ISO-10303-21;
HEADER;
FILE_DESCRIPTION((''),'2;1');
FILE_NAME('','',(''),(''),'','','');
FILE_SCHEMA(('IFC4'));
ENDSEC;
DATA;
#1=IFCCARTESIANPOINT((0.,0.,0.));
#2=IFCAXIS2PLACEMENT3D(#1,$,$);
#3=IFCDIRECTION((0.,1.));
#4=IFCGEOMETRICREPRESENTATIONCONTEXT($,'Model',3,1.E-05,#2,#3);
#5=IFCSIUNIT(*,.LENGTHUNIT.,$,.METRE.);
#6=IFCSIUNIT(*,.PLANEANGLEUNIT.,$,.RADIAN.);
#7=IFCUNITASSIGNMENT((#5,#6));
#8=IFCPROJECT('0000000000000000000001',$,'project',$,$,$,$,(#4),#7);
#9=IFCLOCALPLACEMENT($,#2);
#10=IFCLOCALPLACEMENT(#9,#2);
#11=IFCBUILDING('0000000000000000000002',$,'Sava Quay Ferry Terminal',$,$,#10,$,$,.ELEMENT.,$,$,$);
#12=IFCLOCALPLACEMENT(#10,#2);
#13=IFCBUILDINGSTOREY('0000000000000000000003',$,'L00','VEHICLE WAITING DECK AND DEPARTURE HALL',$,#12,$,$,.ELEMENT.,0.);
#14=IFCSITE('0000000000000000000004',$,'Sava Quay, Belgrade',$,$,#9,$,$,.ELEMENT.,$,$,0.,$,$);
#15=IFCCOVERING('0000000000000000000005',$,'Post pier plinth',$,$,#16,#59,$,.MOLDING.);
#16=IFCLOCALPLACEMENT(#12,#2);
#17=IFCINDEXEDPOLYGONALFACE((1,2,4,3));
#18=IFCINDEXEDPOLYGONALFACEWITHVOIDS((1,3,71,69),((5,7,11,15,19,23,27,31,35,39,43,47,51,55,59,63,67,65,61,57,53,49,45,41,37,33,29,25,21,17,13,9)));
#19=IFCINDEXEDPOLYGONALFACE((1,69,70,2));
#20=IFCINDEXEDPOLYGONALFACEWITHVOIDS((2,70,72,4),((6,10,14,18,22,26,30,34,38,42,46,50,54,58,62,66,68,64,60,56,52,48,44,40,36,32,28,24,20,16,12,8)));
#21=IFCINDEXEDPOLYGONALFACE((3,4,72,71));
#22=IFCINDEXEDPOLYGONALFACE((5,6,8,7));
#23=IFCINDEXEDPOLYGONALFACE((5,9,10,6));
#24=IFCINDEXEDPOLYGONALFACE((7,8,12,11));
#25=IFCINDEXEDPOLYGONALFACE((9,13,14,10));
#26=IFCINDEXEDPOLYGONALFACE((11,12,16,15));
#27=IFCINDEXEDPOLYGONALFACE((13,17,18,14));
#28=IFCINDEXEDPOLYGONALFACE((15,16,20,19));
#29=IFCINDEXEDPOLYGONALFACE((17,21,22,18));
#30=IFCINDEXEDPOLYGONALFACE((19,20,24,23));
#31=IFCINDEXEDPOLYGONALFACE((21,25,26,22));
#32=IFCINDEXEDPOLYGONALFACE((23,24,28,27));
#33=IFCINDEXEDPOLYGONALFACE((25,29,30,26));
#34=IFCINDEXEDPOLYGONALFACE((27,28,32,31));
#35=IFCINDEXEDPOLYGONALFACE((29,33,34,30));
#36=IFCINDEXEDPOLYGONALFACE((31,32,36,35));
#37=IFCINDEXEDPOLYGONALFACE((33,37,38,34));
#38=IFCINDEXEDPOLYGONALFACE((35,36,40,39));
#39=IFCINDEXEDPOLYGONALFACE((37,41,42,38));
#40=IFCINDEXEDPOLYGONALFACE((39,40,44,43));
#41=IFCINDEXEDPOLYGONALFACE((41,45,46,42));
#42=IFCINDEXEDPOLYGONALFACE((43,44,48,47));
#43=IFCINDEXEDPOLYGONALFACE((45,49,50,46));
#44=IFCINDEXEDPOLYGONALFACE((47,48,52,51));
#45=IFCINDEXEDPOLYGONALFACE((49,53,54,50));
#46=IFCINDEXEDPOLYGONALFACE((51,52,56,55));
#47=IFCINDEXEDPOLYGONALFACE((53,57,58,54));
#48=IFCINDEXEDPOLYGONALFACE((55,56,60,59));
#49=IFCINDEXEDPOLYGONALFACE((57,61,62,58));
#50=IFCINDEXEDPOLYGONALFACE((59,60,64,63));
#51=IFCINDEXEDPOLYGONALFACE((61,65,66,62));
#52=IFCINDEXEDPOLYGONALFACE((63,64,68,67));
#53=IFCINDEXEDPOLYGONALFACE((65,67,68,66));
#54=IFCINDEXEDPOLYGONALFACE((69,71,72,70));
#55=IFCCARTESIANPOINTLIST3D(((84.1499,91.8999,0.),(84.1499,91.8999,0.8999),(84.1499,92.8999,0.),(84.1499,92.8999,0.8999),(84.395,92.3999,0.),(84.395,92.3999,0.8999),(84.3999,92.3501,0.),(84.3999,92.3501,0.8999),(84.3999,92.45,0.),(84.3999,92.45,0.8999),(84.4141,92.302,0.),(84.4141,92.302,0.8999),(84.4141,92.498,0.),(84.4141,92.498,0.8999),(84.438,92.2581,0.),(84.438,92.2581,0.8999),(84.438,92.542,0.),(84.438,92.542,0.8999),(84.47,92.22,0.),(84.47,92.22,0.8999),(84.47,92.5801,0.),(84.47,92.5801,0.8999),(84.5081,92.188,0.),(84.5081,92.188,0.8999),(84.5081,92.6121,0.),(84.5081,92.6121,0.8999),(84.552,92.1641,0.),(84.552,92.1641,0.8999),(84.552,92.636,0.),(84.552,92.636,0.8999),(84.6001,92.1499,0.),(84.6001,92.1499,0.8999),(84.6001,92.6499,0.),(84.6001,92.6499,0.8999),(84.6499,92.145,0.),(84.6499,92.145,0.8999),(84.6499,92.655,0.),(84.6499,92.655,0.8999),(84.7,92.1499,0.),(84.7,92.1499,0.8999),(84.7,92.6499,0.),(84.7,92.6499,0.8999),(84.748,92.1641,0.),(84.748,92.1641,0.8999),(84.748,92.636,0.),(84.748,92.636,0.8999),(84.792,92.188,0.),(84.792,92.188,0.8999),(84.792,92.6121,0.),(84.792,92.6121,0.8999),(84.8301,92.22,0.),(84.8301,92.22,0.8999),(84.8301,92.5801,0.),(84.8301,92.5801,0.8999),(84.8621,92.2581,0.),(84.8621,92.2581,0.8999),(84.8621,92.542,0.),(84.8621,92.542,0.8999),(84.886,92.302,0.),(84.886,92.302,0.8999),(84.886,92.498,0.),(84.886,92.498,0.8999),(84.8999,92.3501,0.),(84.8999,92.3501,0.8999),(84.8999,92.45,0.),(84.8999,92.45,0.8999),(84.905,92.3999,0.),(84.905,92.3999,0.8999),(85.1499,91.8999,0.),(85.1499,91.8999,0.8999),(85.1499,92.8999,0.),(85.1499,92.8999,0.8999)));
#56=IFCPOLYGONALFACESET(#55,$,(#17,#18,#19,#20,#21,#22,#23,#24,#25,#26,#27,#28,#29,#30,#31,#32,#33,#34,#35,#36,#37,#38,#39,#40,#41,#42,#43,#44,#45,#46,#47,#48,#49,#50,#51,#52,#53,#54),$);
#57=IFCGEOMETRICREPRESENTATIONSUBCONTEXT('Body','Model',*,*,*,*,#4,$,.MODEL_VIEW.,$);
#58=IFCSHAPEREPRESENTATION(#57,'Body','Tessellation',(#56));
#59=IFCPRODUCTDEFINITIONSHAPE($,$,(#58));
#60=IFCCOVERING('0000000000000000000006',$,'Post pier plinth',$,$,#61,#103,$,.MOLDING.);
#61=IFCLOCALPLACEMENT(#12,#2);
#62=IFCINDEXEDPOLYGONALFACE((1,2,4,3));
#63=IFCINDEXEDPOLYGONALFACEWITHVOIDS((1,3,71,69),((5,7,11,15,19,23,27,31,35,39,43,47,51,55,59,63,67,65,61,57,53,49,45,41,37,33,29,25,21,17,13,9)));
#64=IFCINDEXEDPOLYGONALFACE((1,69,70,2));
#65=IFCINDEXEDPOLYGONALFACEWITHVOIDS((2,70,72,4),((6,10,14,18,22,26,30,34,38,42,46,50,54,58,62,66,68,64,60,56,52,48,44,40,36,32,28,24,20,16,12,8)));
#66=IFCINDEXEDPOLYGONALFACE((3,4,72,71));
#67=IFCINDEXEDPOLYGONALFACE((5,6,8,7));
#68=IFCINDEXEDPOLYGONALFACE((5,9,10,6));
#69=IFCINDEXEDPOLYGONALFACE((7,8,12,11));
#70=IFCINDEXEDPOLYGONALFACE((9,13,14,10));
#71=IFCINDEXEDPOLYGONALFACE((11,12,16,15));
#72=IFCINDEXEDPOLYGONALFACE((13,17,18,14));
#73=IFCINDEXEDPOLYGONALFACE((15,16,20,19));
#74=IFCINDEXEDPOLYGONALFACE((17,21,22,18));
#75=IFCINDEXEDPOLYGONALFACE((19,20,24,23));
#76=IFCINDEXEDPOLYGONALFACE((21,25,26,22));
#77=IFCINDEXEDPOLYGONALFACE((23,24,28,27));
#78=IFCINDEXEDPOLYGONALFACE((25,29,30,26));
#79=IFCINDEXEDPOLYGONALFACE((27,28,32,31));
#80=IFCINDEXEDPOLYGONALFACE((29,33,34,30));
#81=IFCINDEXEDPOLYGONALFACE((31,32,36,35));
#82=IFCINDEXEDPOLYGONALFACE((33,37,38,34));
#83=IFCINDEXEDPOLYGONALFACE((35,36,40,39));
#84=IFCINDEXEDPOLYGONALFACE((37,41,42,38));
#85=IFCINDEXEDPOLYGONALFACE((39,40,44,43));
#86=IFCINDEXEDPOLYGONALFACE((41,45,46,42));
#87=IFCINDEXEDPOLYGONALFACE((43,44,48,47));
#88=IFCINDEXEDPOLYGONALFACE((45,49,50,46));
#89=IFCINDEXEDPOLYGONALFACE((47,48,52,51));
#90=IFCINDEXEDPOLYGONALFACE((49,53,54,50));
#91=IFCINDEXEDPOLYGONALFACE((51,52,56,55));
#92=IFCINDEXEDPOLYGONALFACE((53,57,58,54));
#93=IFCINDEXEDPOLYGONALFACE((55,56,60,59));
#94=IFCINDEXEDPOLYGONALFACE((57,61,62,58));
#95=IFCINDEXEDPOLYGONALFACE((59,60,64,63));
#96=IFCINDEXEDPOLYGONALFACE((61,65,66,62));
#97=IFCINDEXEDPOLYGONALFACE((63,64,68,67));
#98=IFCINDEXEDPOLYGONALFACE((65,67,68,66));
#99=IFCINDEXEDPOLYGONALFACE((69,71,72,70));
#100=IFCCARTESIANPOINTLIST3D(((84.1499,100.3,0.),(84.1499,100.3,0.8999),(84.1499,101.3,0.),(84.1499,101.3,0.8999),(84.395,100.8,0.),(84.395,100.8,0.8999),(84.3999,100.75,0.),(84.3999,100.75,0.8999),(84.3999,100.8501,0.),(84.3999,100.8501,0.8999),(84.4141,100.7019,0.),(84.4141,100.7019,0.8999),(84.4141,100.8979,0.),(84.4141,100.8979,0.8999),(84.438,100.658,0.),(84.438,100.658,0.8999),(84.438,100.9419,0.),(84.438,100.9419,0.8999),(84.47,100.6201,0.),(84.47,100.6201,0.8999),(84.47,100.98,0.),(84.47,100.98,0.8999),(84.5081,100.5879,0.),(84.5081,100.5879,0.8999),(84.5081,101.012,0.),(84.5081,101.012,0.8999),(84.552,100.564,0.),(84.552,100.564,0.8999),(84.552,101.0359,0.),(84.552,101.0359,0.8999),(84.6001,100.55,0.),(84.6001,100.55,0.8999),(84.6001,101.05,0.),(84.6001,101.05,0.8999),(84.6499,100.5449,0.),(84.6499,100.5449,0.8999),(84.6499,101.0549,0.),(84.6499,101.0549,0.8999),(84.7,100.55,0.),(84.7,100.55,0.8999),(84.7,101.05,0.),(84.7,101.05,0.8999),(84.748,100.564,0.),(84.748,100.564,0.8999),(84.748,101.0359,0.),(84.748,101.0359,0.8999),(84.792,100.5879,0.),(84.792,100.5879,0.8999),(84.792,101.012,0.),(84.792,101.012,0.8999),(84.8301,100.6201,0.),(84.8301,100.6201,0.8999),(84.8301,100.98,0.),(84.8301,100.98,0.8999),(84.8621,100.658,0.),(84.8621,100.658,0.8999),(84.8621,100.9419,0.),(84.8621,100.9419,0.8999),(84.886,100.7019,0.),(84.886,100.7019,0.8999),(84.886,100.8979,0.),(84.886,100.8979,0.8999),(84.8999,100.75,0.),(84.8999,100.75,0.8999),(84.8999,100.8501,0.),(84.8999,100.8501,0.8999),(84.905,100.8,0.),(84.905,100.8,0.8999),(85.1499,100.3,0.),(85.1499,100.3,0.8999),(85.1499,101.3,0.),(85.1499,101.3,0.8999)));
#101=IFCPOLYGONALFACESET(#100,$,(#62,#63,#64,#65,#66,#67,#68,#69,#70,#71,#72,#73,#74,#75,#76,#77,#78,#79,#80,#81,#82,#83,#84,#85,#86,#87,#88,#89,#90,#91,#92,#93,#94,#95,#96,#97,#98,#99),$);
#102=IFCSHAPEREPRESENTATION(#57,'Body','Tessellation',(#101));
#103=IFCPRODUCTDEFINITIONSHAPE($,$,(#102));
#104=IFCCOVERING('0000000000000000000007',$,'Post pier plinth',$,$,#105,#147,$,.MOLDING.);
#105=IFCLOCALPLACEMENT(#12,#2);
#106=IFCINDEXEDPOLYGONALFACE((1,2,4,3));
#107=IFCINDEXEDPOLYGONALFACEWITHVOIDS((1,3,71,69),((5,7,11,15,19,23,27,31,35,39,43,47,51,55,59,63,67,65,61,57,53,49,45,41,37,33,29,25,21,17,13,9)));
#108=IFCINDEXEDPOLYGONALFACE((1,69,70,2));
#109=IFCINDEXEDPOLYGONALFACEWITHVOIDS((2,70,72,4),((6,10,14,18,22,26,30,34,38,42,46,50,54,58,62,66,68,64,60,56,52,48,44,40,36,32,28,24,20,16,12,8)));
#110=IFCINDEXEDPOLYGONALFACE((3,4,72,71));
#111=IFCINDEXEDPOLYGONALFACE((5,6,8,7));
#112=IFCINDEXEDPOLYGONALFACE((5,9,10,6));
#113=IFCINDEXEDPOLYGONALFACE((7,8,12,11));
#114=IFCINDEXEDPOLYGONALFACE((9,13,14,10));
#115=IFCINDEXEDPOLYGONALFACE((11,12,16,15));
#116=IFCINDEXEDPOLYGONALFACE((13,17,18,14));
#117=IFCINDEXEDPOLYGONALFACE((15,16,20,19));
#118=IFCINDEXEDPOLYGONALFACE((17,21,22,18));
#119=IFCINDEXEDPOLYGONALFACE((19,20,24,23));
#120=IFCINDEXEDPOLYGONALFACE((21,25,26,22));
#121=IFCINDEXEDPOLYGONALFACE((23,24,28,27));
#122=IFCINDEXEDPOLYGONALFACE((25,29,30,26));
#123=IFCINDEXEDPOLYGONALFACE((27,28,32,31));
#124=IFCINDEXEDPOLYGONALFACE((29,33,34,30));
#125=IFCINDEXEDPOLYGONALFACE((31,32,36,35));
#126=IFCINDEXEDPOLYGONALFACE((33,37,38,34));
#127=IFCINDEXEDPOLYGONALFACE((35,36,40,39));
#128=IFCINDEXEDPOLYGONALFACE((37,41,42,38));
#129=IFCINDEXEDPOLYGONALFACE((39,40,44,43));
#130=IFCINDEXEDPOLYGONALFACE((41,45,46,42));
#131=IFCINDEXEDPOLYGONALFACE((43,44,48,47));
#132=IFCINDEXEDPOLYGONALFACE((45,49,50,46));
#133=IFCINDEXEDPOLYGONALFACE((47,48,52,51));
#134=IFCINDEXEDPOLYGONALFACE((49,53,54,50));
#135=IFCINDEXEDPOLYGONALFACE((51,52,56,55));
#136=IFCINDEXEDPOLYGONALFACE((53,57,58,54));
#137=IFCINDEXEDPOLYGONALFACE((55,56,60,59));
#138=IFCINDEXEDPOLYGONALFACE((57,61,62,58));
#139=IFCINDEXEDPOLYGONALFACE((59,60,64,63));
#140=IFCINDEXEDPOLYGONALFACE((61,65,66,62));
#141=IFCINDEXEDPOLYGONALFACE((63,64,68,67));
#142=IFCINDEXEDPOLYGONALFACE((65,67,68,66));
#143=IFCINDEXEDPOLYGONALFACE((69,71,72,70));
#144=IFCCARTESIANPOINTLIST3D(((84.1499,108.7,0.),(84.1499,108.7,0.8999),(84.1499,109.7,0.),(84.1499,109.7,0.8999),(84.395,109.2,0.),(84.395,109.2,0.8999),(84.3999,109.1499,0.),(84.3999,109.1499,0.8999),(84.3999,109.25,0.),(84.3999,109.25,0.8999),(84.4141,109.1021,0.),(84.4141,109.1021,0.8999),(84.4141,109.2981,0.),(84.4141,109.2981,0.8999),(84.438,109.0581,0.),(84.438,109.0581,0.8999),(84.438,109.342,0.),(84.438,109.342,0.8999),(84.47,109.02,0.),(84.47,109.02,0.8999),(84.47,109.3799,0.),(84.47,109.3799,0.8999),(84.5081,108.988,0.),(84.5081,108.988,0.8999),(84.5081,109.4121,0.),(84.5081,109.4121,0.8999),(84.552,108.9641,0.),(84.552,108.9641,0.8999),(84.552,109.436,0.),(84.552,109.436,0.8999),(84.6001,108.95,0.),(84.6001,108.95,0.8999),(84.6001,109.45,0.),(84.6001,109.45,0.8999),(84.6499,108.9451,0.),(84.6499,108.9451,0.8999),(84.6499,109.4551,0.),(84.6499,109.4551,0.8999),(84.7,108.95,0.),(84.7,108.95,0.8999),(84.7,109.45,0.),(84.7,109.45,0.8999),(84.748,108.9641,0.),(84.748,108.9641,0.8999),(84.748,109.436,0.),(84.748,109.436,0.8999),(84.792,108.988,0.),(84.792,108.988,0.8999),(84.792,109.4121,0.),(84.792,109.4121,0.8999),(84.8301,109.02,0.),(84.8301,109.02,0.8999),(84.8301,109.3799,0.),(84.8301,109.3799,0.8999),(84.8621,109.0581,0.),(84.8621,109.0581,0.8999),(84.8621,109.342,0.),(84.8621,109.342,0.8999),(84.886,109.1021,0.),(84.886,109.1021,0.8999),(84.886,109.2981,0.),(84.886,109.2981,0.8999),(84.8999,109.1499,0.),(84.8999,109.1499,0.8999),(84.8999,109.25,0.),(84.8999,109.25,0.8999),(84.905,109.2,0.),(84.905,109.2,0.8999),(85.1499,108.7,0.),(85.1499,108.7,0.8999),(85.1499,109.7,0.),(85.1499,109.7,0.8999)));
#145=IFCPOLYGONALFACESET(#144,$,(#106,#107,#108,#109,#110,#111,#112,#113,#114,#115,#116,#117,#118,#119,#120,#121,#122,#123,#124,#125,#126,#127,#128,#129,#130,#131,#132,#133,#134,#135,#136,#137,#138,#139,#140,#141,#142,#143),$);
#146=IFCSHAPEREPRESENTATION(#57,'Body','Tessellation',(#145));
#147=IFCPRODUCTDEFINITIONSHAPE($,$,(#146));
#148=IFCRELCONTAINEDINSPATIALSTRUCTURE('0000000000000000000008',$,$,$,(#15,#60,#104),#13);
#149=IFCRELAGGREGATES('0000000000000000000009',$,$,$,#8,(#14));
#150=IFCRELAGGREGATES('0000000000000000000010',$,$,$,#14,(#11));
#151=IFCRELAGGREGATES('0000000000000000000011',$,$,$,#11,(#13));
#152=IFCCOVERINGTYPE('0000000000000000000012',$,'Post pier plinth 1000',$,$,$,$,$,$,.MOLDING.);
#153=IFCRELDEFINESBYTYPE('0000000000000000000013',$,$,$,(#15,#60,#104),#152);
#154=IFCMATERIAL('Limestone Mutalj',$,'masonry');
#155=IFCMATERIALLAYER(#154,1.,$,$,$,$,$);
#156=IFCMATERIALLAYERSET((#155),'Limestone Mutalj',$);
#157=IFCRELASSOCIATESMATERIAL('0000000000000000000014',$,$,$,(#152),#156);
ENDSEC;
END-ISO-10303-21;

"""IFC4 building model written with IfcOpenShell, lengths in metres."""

from ifc_helpers import new_model, si_unit, direction, origin, place, context, subcontext, project, spatial, polyline, outline, extrude, material, layer, layer_set, type_object, element, save


model = new_model("IFC4")

# Units and contexts
model_context = context("Model", 3, precision=1e-05, world=origin(), true_north=direction((0.0, 1.0)))
body_context = subcontext(model_context, "Body", "Model", "MODEL_VIEW")
ifc_project = project(units=[si_unit("LENGTHUNIT", "METRE"), si_unit("PLANEANGLEUNIT", "RADIAN")], contexts=[model_context])

# Site, building, storey
site_placement = place(None, origin())
site = spatial("IfcSite", under=ifc_project, at=site_placement, Name="Sava Quay, Belgrade", CompositionType="ELEMENT", RefElevation=0.0)
building_placement = place(site_placement, origin())
building = spatial("IfcBuilding", under=site, at=building_placement, Name="Sava Quay Ferry Terminal", CompositionType="ELEMENT")
storey_placement = place(building_placement, origin())
storey = spatial("IfcBuildingStorey", under=building, at=storey_placement, Name="L00", Description="VEHICLE WAITING DECK AND DEPARTURE HALL", CompositionType="ELEMENT", Elevation=0.0)

# Coverings
ifc_material_1 = material(Name="Limestone Mutalj", Category="masonry")
ifc_layer_1 = layer(ifc_material_1, 1.0)
ifc_layer_set_1 = layer_set([ifc_layer_1], Name="Limestone Mutalj")
covering_type_1 = type_object("IfcCoveringType", Name="Post pier plinth 1000", PredefinedType="MOLDING", material=ifc_layer_set_1)
covering_1_placement = place(storey_placement, origin())
element("IfcCovering", 1, at=covering_1_placement, inside=storey, type_object=covering_type_1, Name="Post pier plinth", PredefinedType="MOLDING", context=body_context, shape_type="SweptSolid", body=[
    extrude(outline(polyline([(84.1499, 91.8999), (85.1499, 91.8999), (85.1499, 92.8999), (84.1499, 92.8999), (84.1499, 91.8999)]), holes=[polyline([(84.8999, 92.45), (84.905, 92.3999), (84.8999, 92.3501), (84.886, 92.302), (84.8621, 92.2581), (84.8301, 92.22), (84.792, 92.188), (84.748, 92.1641), (84.7, 92.1499), (84.6499, 92.145), (84.6001, 92.1499), (84.552, 92.1641), (84.5081, 92.188), (84.47, 92.22), (84.438, 92.2581), (84.4141, 92.302), (84.3999, 92.3501), (84.395, 92.3999), (84.3999, 92.45), (84.4141, 92.498), (84.438, 92.542), (84.47, 92.5801), (84.5081, 92.6121), (84.552, 92.636), (84.6001, 92.6499), (84.6499, 92.655), (84.7, 92.6499), (84.748, 92.636), (84.792, 92.6121), (84.8301, 92.5801), (84.8621, 92.542), (84.886, 92.498), (84.8999, 92.45)])]), origin(), (0.0, 0.0, 1.0), 0.8999),
])
covering_2_placement = place(storey_placement, origin())
element("IfcCovering", 2, at=covering_2_placement, inside=storey, type_object=covering_type_1, Name="Post pier plinth", PredefinedType="MOLDING", context=body_context, shape_type="SweptSolid", body=[
    extrude(outline(polyline([(84.1499, 100.3), (85.1499, 100.3), (85.1499, 101.3), (84.1499, 101.3), (84.1499, 100.3)]), holes=[polyline([(84.8999, 100.8501), (84.905, 100.8), (84.8999, 100.75), (84.886, 100.7019), (84.8621, 100.658), (84.8301, 100.6201), (84.792, 100.5879), (84.748, 100.564), (84.7, 100.55), (84.6499, 100.5449), (84.6001, 100.55), (84.552, 100.564), (84.5081, 100.5879), (84.47, 100.6201), (84.438, 100.658), (84.4141, 100.7019), (84.3999, 100.75), (84.395, 100.8), (84.3999, 100.8501), (84.4141, 100.8979), (84.438, 100.9419), (84.47, 100.98), (84.5081, 101.012), (84.552, 101.0359), (84.6001, 101.05), (84.6499, 101.0549), (84.7, 101.05), (84.748, 101.0359), (84.792, 101.012), (84.8301, 100.98), (84.8621, 100.9419), (84.886, 100.8979), (84.8999, 100.8501)])]), origin(), (0.0, 0.0, 1.0), 0.8999),
])
covering_3_placement = place(storey_placement, origin())
element("IfcCovering", 3, at=covering_3_placement, inside=storey, type_object=covering_type_1, Name="Post pier plinth", PredefinedType="MOLDING", context=body_context, shape_type="SweptSolid", body=[
    extrude(outline(polyline([(84.1499, 108.7), (85.1499, 108.7), (85.1499, 109.7), (84.1499, 109.7), (84.1499, 108.7)]), holes=[polyline([(84.8999, 109.25), (84.905, 109.2), (84.8999, 109.1499), (84.886, 109.1021), (84.8621, 109.0581), (84.8301, 109.02), (84.792, 108.988), (84.748, 108.9641), (84.7, 108.95), (84.6499, 108.9451), (84.6001, 108.95), (84.552, 108.9641), (84.5081, 108.988), (84.47, 109.02), (84.438, 109.0581), (84.4141, 109.1021), (84.3999, 109.1499), (84.395, 109.2), (84.3999, 109.25), (84.4141, 109.2981), (84.438, 109.342), (84.47, 109.3799), (84.5081, 109.4121), (84.552, 109.436), (84.6001, 109.45), (84.6499, 109.4551), (84.7, 109.45), (84.748, 109.436), (84.792, 109.4121), (84.8301, 109.3799), (84.8621, 109.342), (84.886, 109.2981), (84.8999, 109.25)])]), origin(), (0.0, 0.0, 1.0), 0.8999),
])

save(model, "model.ifc")
